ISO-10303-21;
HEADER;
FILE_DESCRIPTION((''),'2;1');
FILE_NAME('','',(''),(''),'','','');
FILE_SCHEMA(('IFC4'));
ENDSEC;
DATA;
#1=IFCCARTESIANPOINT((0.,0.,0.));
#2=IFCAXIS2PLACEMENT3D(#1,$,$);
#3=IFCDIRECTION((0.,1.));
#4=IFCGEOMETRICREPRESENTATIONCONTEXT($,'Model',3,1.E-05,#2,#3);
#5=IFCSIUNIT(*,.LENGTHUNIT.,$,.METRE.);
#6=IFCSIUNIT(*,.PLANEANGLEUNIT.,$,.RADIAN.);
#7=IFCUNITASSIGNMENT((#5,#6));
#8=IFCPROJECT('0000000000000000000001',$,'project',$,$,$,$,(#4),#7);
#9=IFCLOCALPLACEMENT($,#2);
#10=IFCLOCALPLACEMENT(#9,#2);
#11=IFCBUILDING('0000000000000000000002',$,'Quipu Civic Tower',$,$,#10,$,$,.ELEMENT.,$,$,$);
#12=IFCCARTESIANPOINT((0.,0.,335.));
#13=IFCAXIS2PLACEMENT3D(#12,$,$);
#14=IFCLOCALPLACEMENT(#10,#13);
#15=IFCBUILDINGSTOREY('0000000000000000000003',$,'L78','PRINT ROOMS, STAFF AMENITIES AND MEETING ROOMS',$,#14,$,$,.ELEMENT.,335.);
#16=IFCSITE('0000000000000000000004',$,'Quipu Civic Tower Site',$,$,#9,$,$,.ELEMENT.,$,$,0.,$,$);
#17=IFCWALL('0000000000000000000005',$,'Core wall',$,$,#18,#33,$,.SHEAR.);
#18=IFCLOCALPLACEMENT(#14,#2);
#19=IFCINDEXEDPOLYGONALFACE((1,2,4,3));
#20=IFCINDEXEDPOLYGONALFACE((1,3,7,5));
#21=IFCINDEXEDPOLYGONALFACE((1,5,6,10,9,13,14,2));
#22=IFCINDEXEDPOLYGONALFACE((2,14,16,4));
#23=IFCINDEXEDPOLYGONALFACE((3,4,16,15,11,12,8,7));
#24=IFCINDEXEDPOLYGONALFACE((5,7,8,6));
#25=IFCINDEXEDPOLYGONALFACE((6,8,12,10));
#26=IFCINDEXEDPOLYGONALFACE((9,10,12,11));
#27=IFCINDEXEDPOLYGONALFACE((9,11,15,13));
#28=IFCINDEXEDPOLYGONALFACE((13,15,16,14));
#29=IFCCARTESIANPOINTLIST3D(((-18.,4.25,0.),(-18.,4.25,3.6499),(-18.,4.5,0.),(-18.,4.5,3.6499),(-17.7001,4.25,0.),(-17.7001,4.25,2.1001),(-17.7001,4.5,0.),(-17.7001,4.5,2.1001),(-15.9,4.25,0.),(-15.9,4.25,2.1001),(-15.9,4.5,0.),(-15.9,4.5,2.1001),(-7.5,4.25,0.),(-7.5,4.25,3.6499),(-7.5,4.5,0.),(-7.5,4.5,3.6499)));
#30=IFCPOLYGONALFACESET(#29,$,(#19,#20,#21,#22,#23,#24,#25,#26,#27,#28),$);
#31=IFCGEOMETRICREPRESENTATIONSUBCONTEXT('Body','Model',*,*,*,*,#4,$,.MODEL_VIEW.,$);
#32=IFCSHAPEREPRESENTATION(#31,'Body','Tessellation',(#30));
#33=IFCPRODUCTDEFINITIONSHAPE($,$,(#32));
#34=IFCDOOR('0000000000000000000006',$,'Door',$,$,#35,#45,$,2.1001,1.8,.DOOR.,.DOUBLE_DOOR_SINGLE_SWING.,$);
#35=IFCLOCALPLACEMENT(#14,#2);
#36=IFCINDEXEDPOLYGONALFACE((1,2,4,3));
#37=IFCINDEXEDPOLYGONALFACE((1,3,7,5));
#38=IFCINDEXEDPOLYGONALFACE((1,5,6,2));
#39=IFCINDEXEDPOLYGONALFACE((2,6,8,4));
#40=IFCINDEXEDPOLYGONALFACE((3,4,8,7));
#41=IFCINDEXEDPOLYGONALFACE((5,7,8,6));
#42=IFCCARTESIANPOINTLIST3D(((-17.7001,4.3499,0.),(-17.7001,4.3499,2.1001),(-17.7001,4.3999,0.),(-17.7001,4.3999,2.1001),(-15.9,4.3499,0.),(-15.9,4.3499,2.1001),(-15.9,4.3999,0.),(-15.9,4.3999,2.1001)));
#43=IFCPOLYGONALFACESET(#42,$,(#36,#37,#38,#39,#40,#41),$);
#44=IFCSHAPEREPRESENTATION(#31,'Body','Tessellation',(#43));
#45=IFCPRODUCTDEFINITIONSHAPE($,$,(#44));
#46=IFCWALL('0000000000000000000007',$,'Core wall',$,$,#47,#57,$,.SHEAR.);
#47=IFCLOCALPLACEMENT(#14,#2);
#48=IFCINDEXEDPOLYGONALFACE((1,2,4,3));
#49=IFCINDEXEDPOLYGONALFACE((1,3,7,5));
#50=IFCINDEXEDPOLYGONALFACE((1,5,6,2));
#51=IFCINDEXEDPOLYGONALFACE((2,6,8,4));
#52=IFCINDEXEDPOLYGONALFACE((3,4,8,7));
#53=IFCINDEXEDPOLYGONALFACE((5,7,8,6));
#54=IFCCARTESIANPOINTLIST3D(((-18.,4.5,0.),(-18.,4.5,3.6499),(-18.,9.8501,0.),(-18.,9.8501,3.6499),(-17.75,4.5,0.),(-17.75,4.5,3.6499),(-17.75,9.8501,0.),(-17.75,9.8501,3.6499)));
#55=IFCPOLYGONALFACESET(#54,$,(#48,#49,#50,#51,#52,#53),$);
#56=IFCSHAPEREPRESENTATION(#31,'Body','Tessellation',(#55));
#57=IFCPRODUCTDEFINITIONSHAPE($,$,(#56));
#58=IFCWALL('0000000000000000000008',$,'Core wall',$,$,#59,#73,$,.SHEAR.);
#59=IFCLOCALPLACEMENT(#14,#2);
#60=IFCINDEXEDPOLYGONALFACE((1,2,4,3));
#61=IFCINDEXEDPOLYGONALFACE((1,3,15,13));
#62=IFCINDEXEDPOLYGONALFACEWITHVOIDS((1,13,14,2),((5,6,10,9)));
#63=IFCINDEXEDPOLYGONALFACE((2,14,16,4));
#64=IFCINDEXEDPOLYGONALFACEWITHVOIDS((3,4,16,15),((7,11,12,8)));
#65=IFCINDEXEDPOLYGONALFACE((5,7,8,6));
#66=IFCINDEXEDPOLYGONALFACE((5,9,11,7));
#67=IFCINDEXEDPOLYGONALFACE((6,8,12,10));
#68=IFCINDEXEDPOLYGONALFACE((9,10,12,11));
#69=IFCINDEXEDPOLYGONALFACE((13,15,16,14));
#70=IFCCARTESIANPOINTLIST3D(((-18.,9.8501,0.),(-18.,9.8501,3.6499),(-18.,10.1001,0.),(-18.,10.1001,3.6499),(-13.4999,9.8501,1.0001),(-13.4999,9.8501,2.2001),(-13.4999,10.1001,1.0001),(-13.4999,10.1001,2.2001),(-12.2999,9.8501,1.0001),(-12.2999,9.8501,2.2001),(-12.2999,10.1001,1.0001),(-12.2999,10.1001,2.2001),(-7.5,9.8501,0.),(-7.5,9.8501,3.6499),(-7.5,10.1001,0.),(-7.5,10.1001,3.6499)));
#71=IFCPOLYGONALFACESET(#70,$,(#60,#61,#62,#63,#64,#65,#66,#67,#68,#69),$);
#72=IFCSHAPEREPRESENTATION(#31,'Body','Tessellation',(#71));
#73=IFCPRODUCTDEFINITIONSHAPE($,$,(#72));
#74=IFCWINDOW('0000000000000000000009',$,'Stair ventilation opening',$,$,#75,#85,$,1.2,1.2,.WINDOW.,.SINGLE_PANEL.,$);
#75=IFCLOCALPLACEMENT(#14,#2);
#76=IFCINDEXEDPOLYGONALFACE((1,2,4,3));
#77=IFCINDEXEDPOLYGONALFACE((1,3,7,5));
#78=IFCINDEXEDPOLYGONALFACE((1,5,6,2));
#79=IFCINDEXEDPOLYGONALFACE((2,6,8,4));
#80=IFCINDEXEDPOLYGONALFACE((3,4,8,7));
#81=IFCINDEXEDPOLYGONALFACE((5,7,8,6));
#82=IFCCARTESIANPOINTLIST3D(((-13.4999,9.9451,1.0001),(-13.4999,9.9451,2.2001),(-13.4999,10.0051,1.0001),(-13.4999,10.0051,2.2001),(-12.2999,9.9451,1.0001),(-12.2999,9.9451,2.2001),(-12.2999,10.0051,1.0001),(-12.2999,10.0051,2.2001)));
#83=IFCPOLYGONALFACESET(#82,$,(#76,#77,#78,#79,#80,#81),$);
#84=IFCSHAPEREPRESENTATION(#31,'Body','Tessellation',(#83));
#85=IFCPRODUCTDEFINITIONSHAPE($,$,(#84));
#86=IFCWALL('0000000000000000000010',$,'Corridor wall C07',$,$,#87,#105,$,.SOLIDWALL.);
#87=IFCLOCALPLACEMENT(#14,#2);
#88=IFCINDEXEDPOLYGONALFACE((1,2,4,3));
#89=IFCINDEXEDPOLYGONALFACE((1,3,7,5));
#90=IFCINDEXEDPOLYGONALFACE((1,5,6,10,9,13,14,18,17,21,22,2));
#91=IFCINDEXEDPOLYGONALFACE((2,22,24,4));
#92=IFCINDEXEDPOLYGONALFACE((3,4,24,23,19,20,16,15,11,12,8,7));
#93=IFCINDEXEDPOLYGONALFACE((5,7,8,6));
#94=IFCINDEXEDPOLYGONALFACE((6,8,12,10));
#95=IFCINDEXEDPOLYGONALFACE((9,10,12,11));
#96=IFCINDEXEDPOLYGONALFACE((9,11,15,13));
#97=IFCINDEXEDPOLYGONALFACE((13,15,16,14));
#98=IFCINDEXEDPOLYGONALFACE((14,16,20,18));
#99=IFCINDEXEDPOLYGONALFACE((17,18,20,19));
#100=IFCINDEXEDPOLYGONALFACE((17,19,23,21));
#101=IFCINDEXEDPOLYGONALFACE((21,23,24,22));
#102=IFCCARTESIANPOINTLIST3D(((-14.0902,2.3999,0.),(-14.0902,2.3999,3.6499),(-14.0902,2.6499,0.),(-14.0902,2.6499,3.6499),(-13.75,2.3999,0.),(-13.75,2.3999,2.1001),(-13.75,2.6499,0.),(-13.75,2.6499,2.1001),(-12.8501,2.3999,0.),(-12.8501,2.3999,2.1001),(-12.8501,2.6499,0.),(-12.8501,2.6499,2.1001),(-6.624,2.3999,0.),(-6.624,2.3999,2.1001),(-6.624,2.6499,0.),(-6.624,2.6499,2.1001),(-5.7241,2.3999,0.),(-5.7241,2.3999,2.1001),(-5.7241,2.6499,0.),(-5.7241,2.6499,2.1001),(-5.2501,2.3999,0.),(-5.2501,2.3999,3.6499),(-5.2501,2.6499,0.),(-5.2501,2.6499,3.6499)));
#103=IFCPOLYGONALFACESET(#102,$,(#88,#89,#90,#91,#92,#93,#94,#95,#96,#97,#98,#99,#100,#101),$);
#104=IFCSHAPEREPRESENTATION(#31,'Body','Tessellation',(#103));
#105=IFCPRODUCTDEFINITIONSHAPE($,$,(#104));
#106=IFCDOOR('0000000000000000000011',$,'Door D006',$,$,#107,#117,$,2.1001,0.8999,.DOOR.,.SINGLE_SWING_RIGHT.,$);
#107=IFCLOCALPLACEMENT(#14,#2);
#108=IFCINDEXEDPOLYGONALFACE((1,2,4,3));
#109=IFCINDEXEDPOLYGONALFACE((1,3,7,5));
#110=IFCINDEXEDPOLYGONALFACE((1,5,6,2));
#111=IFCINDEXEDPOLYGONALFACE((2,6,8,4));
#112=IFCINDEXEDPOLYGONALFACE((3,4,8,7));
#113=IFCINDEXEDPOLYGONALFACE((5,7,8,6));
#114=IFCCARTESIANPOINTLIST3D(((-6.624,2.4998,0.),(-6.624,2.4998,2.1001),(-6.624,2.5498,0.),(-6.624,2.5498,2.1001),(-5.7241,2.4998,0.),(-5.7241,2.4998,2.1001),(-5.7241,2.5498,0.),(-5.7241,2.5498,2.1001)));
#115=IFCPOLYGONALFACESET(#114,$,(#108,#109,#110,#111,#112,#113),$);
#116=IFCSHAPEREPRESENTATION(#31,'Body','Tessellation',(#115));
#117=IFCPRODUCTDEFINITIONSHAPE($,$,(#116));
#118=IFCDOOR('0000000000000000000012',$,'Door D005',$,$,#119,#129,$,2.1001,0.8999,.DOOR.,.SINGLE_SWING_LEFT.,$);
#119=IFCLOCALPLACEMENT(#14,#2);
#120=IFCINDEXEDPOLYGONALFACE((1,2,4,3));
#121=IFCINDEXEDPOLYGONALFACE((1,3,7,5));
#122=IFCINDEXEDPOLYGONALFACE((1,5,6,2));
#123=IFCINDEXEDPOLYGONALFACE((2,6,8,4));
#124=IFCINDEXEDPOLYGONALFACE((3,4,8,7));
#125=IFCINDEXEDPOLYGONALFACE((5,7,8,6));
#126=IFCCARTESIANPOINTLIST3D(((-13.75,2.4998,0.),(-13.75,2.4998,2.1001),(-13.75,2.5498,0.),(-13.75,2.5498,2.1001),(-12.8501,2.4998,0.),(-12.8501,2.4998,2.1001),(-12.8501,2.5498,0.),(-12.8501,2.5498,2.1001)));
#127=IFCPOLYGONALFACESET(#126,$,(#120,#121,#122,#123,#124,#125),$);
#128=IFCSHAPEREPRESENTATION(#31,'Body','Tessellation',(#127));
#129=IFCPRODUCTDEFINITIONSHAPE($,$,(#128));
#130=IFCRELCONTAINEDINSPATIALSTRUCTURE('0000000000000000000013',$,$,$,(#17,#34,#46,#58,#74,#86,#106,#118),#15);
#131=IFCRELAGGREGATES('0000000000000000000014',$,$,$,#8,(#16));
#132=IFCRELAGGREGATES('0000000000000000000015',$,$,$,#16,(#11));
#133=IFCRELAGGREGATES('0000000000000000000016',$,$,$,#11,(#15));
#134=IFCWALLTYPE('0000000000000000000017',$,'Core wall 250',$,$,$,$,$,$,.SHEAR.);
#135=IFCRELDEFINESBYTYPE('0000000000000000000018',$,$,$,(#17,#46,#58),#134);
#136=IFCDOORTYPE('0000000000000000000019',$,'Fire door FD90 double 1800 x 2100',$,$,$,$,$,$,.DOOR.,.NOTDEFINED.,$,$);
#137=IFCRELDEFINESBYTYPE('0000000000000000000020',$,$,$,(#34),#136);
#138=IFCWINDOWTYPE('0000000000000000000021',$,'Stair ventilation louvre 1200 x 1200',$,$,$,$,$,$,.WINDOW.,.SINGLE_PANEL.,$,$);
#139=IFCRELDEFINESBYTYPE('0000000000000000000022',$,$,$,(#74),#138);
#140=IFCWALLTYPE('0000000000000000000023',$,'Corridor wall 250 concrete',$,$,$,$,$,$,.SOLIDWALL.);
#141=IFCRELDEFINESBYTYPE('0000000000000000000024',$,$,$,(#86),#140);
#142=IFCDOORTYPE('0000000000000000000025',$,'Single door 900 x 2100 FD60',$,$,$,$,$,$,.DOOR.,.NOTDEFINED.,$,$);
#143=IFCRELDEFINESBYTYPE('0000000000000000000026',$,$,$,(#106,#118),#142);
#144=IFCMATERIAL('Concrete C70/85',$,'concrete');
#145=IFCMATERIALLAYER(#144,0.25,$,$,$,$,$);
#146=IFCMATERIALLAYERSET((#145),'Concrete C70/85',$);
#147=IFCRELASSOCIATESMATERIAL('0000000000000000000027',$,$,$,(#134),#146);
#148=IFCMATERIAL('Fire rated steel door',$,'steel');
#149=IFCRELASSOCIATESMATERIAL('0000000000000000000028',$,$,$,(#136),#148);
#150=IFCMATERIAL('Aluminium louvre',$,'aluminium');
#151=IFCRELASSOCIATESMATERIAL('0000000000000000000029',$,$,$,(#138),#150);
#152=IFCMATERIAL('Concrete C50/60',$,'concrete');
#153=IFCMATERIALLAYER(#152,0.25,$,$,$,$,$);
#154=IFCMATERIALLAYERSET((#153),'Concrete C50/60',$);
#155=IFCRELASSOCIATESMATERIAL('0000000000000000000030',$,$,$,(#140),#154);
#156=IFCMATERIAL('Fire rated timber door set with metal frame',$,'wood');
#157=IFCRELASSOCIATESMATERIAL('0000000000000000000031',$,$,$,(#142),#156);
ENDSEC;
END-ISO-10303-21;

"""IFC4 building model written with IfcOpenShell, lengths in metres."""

from ifc_helpers import new_model, si_unit, direction, frame, frame_2d, origin, place, context, subcontext, project, spatial, rectangle, extrude, material, layer, layer_set, type_object, element, fill, save


model = new_model("IFC4")

# Units and contexts
model_context = context("Model", 3, precision=1e-05, world=origin(), true_north=direction((0.0, 1.0)))
body_context = subcontext(model_context, "Body", "Model", "MODEL_VIEW")
ifc_project = project(units=[si_unit("LENGTHUNIT", "METRE"), si_unit("PLANEANGLEUNIT", "RADIAN")], contexts=[model_context])

# Site, building, storey
site_placement = place(None, origin())
site = spatial("IfcSite", under=ifc_project, at=site_placement, Name="Quipu Civic Tower Site", CompositionType="ELEMENT", RefElevation=0.0)
building_placement = place(site_placement, origin())
building = spatial("IfcBuilding", under=site, at=building_placement, Name="Quipu Civic Tower", CompositionType="ELEMENT")
storey_placement = place(building_placement, frame((0.0, 0.0, 335.0)))
storey = spatial("IfcBuildingStorey", under=building, at=storey_placement, Name="L78", Description="PRINT ROOMS, STAFF AMENITIES AND MEETING ROOMS", CompositionType="ELEMENT", Elevation=335.0)

# Shared definitions
ifc_material_1 = material(Name="Concrete C70/85", Category="concrete")
ifc_layer_1 = layer(ifc_material_1, 0.25)
ifc_layer_set_1 = layer_set([ifc_layer_1], Name="Concrete C70/85")
wall_type_1 = type_object("IfcWallType", Name="Core wall 250", PredefinedType="SHEAR", material=ifc_layer_set_1)

# Wall, opening, door
wall_1_placement = place(storey_placement, frame((-18.0, 4.375, 0.0), z_axis=(0.0, 0.0, 1.0), x_axis=(1.0, 0.0, 0.0)))
wall_1 = element("IfcWall", 1, at=wall_1_placement, inside=storey, type_object=wall_type_1, Name="Core wall", PredefinedType="SHEAR", context=body_context, shape_type="SweptSolid", body=[
    extrude(rectangle(XDim=10.5, YDim=0.25, at=frame_2d((5.25, 0.0))), origin(), (0.0, 0.0, 1.0), 3.6499),
])
opening_1_placement = place(wall_1_placement, frame((0.3, 0.0, 0.0)))
opening_1 = element("IfcOpeningElement", 2, at=opening_1_placement, cuts=wall_1, PredefinedType="OPENING", context=body_context, shape_type="SweptSolid", body=[
    extrude(rectangle(XDim=1.8, YDim=2.1001, at=frame_2d((0.8999, 1.05))), frame((0.0, 0.135, 0.0), z_axis=(0.0, -1.0, 0.0), x_axis=(1.0, 0.0, 0.0)), (0.0, 0.0, 1.0), 0.27),
])
ifc_material_2 = material(Name="Fire rated steel door", Category="steel")
door_type_1 = type_object("IfcDoorType", Name="Fire door FD90 double 1800 x 2100", OperationType="NOTDEFINED", PredefinedType="DOOR", material=ifc_material_2)
door_1_placement = place(opening_1_placement, origin())
door_1 = element("IfcDoor", 3, at=door_1_placement, inside=storey, type_object=door_type_1, Name="Door", OperationType="DOUBLE_DOOR_SINGLE_SWING", OverallHeight=2.1001, OverallWidth=1.8, PredefinedType="DOOR", context=body_context, shape_type="SweptSolid", body=[
    extrude(rectangle(XDim=1.8, YDim=2.1001, at=frame_2d((0.8999, 1.05))), frame((0.0, 0.0249, 0.0), z_axis=(0.0, -1.0, 0.0), x_axis=(1.0, 0.0, 0.0)), (0.0, 0.0, 1.0), 0.05),
])
fill(opening_1, door_1)

# Wall
wall_2_placement = place(storey_placement, frame((-17.875, 4.5, 0.0), z_axis=(0.0, 0.0, 1.0), x_axis=(0.0, 1.0, 0.0)))
element("IfcWall", 4, at=wall_2_placement, inside=storey, type_object=wall_type_1, Name="Core wall", PredefinedType="SHEAR", context=body_context, shape_type="SweptSolid", body=[
    extrude(rectangle(XDim=5.3501, YDim=0.25, at=frame_2d((2.675, 0.0))), origin(), (0.0, 0.0, 1.0), 3.6499),
])

# Wall, opening, window
wall_3_placement = place(storey_placement, frame((-18.0, 9.9751, 0.0), z_axis=(0.0, 0.0, 1.0), x_axis=(1.0, 0.0, 0.0)))
wall_3 = element("IfcWall", 5, at=wall_3_placement, inside=storey, type_object=wall_type_1, Name="Core wall", PredefinedType="SHEAR", context=body_context, shape_type="SweptSolid", body=[
    extrude(rectangle(XDim=10.5, YDim=0.25, at=frame_2d((5.25, 0.0))), origin(), (0.0, 0.0, 1.0), 3.6499),
])
opening_2_placement = place(wall_3_placement, frame((4.5, 0.0, 1.0)))
opening_2 = element("IfcOpeningElement", 6, at=opening_2_placement, cuts=wall_3, PredefinedType="OPENING", context=body_context, shape_type="SweptSolid", body=[
    extrude(rectangle(XDim=1.2, YDim=1.2, at=frame_2d((0.6001, 0.6001))), frame((0.0, 0.135, 0.0), z_axis=(0.0, -1.0, 0.0), x_axis=(1.0, 0.0, 0.0)), (0.0, 0.0, 1.0), 0.27),
])
ifc_material_3 = material(Name="Aluminium louvre", Category="aluminium")
window_type = type_object("IfcWindowType", Name="Stair ventilation louvre 1200 x 1200", PartitioningType="SINGLE_PANEL", PredefinedType="WINDOW", material=ifc_material_3)
window_placement = place(opening_2_placement, origin())
window = element("IfcWindow", 7, at=window_placement, inside=storey, type_object=window_type, Name="Stair ventilation opening", OverallHeight=1.2, OverallWidth=1.2, PartitioningType="SINGLE_PANEL", PredefinedType="WINDOW", context=body_context, shape_type="SweptSolid", body=[
    extrude(rectangle(XDim=1.2, YDim=1.2, at=frame_2d((0.6001, 0.6001))), frame((0.0, 0.03, 0.0), z_axis=(0.0, -1.0, 0.0), x_axis=(1.0, 0.0, 0.0)), (0.0, 0.0, 1.0), 0.0601),
])
fill(opening_2, window)

# Wall, openings, doors
ifc_material_4 = material(Name="Concrete C50/60", Category="concrete")
ifc_layer_2 = layer(ifc_material_4, 0.25)
ifc_layer_set_2 = layer_set([ifc_layer_2], Name="Concrete C50/60")
wall_type_2 = type_object("IfcWallType", Name="Corridor wall 250 concrete", PredefinedType="SOLIDWALL", material=ifc_layer_set_2)
wall_4_placement = place(storey_placement, frame((-14.0901, 2.5249, 0.0), z_axis=(0.0, 0.0, 1.0), x_axis=(1.0, 0.0, 0.0)))
wall_4 = element("IfcWall", 8, at=wall_4_placement, inside=storey, type_object=wall_type_2, Name="Corridor wall C07", PredefinedType="SOLIDWALL", context=body_context, shape_type="SweptSolid", body=[
    extrude(rectangle(XDim=8.8401, YDim=0.25, at=frame_2d((4.4199, 0.0))), origin(), (0.0, 0.0, 1.0), 3.6499),
])
opening_3_placement = place(wall_4_placement, frame((7.4661, 0.0, 0.0)))
opening_3 = element("IfcOpeningElement", 9, at=opening_3_placement, cuts=wall_4, PredefinedType="OPENING", context=body_context, shape_type="SweptSolid", body=[
    extrude(rectangle(XDim=0.8999, YDim=2.1001, at=frame_2d((0.45, 1.05))), frame((0.0, 0.135, 0.0), z_axis=(0.0, -1.0, 0.0), x_axis=(1.0, 0.0, 0.0)), (0.0, 0.0, 1.0), 0.27),
])
opening_4_placement = place(wall_4_placement, frame((0.3401, 0.0, 0.0)))
opening_4 = element("IfcOpeningElement", 10, at=opening_4_placement, cuts=wall_4, PredefinedType="OPENING", context=body_context, shape_type="SweptSolid", body=[
    extrude(rectangle(XDim=0.8999, YDim=2.1001, at=frame_2d((0.45, 1.05))), frame((0.0, 0.135, 0.0), z_axis=(0.0, -1.0, 0.0), x_axis=(1.0, 0.0, 0.0)), (0.0, 0.0, 1.0), 0.27),
])
ifc_material_5 = material(Name="Fire rated timber door set with metal frame", Category="wood")
door_type_2 = type_object("IfcDoorType", Name="Single door 900 x 2100 FD60", OperationType="NOTDEFINED", PredefinedType="DOOR", material=ifc_material_5)
door_2_placement = place(opening_3_placement, origin())
door_2 = element("IfcDoor", 11, at=door_2_placement, inside=storey, type_object=door_type_2, Name="Door D006", OperationType="SINGLE_SWING_RIGHT", OverallHeight=2.1001, OverallWidth=0.8999, PredefinedType="DOOR", context=body_context, shape_type="SweptSolid", body=[
    extrude(rectangle(XDim=0.8999, YDim=2.1001, at=frame_2d((0.45, 1.05))), frame((0.0, 0.0249, 0.0), z_axis=(0.0, -1.0, 0.0), x_axis=(1.0, 0.0, 0.0)), (0.0, 0.0, 1.0), 0.05),
])
fill(opening_3, door_2)
door_3_placement = place(opening_4_placement, origin())
door_3 = element("IfcDoor", 12, at=door_3_placement, inside=storey, type_object=door_type_2, Name="Door D005", OperationType="SINGLE_SWING_LEFT", OverallHeight=2.1001, OverallWidth=0.8999, PredefinedType="DOOR", context=body_context, shape_type="SweptSolid", body=[
    extrude(rectangle(XDim=0.8999, YDim=2.1001, at=frame_2d((0.45, 1.05))), frame((0.0, 0.0249, 0.0), z_axis=(0.0, -1.0, 0.0), x_axis=(1.0, 0.0, 0.0)), (0.0, 0.0, 1.0), 0.05),
])
fill(opening_4, door_3)

save(model, "model.ifc")
